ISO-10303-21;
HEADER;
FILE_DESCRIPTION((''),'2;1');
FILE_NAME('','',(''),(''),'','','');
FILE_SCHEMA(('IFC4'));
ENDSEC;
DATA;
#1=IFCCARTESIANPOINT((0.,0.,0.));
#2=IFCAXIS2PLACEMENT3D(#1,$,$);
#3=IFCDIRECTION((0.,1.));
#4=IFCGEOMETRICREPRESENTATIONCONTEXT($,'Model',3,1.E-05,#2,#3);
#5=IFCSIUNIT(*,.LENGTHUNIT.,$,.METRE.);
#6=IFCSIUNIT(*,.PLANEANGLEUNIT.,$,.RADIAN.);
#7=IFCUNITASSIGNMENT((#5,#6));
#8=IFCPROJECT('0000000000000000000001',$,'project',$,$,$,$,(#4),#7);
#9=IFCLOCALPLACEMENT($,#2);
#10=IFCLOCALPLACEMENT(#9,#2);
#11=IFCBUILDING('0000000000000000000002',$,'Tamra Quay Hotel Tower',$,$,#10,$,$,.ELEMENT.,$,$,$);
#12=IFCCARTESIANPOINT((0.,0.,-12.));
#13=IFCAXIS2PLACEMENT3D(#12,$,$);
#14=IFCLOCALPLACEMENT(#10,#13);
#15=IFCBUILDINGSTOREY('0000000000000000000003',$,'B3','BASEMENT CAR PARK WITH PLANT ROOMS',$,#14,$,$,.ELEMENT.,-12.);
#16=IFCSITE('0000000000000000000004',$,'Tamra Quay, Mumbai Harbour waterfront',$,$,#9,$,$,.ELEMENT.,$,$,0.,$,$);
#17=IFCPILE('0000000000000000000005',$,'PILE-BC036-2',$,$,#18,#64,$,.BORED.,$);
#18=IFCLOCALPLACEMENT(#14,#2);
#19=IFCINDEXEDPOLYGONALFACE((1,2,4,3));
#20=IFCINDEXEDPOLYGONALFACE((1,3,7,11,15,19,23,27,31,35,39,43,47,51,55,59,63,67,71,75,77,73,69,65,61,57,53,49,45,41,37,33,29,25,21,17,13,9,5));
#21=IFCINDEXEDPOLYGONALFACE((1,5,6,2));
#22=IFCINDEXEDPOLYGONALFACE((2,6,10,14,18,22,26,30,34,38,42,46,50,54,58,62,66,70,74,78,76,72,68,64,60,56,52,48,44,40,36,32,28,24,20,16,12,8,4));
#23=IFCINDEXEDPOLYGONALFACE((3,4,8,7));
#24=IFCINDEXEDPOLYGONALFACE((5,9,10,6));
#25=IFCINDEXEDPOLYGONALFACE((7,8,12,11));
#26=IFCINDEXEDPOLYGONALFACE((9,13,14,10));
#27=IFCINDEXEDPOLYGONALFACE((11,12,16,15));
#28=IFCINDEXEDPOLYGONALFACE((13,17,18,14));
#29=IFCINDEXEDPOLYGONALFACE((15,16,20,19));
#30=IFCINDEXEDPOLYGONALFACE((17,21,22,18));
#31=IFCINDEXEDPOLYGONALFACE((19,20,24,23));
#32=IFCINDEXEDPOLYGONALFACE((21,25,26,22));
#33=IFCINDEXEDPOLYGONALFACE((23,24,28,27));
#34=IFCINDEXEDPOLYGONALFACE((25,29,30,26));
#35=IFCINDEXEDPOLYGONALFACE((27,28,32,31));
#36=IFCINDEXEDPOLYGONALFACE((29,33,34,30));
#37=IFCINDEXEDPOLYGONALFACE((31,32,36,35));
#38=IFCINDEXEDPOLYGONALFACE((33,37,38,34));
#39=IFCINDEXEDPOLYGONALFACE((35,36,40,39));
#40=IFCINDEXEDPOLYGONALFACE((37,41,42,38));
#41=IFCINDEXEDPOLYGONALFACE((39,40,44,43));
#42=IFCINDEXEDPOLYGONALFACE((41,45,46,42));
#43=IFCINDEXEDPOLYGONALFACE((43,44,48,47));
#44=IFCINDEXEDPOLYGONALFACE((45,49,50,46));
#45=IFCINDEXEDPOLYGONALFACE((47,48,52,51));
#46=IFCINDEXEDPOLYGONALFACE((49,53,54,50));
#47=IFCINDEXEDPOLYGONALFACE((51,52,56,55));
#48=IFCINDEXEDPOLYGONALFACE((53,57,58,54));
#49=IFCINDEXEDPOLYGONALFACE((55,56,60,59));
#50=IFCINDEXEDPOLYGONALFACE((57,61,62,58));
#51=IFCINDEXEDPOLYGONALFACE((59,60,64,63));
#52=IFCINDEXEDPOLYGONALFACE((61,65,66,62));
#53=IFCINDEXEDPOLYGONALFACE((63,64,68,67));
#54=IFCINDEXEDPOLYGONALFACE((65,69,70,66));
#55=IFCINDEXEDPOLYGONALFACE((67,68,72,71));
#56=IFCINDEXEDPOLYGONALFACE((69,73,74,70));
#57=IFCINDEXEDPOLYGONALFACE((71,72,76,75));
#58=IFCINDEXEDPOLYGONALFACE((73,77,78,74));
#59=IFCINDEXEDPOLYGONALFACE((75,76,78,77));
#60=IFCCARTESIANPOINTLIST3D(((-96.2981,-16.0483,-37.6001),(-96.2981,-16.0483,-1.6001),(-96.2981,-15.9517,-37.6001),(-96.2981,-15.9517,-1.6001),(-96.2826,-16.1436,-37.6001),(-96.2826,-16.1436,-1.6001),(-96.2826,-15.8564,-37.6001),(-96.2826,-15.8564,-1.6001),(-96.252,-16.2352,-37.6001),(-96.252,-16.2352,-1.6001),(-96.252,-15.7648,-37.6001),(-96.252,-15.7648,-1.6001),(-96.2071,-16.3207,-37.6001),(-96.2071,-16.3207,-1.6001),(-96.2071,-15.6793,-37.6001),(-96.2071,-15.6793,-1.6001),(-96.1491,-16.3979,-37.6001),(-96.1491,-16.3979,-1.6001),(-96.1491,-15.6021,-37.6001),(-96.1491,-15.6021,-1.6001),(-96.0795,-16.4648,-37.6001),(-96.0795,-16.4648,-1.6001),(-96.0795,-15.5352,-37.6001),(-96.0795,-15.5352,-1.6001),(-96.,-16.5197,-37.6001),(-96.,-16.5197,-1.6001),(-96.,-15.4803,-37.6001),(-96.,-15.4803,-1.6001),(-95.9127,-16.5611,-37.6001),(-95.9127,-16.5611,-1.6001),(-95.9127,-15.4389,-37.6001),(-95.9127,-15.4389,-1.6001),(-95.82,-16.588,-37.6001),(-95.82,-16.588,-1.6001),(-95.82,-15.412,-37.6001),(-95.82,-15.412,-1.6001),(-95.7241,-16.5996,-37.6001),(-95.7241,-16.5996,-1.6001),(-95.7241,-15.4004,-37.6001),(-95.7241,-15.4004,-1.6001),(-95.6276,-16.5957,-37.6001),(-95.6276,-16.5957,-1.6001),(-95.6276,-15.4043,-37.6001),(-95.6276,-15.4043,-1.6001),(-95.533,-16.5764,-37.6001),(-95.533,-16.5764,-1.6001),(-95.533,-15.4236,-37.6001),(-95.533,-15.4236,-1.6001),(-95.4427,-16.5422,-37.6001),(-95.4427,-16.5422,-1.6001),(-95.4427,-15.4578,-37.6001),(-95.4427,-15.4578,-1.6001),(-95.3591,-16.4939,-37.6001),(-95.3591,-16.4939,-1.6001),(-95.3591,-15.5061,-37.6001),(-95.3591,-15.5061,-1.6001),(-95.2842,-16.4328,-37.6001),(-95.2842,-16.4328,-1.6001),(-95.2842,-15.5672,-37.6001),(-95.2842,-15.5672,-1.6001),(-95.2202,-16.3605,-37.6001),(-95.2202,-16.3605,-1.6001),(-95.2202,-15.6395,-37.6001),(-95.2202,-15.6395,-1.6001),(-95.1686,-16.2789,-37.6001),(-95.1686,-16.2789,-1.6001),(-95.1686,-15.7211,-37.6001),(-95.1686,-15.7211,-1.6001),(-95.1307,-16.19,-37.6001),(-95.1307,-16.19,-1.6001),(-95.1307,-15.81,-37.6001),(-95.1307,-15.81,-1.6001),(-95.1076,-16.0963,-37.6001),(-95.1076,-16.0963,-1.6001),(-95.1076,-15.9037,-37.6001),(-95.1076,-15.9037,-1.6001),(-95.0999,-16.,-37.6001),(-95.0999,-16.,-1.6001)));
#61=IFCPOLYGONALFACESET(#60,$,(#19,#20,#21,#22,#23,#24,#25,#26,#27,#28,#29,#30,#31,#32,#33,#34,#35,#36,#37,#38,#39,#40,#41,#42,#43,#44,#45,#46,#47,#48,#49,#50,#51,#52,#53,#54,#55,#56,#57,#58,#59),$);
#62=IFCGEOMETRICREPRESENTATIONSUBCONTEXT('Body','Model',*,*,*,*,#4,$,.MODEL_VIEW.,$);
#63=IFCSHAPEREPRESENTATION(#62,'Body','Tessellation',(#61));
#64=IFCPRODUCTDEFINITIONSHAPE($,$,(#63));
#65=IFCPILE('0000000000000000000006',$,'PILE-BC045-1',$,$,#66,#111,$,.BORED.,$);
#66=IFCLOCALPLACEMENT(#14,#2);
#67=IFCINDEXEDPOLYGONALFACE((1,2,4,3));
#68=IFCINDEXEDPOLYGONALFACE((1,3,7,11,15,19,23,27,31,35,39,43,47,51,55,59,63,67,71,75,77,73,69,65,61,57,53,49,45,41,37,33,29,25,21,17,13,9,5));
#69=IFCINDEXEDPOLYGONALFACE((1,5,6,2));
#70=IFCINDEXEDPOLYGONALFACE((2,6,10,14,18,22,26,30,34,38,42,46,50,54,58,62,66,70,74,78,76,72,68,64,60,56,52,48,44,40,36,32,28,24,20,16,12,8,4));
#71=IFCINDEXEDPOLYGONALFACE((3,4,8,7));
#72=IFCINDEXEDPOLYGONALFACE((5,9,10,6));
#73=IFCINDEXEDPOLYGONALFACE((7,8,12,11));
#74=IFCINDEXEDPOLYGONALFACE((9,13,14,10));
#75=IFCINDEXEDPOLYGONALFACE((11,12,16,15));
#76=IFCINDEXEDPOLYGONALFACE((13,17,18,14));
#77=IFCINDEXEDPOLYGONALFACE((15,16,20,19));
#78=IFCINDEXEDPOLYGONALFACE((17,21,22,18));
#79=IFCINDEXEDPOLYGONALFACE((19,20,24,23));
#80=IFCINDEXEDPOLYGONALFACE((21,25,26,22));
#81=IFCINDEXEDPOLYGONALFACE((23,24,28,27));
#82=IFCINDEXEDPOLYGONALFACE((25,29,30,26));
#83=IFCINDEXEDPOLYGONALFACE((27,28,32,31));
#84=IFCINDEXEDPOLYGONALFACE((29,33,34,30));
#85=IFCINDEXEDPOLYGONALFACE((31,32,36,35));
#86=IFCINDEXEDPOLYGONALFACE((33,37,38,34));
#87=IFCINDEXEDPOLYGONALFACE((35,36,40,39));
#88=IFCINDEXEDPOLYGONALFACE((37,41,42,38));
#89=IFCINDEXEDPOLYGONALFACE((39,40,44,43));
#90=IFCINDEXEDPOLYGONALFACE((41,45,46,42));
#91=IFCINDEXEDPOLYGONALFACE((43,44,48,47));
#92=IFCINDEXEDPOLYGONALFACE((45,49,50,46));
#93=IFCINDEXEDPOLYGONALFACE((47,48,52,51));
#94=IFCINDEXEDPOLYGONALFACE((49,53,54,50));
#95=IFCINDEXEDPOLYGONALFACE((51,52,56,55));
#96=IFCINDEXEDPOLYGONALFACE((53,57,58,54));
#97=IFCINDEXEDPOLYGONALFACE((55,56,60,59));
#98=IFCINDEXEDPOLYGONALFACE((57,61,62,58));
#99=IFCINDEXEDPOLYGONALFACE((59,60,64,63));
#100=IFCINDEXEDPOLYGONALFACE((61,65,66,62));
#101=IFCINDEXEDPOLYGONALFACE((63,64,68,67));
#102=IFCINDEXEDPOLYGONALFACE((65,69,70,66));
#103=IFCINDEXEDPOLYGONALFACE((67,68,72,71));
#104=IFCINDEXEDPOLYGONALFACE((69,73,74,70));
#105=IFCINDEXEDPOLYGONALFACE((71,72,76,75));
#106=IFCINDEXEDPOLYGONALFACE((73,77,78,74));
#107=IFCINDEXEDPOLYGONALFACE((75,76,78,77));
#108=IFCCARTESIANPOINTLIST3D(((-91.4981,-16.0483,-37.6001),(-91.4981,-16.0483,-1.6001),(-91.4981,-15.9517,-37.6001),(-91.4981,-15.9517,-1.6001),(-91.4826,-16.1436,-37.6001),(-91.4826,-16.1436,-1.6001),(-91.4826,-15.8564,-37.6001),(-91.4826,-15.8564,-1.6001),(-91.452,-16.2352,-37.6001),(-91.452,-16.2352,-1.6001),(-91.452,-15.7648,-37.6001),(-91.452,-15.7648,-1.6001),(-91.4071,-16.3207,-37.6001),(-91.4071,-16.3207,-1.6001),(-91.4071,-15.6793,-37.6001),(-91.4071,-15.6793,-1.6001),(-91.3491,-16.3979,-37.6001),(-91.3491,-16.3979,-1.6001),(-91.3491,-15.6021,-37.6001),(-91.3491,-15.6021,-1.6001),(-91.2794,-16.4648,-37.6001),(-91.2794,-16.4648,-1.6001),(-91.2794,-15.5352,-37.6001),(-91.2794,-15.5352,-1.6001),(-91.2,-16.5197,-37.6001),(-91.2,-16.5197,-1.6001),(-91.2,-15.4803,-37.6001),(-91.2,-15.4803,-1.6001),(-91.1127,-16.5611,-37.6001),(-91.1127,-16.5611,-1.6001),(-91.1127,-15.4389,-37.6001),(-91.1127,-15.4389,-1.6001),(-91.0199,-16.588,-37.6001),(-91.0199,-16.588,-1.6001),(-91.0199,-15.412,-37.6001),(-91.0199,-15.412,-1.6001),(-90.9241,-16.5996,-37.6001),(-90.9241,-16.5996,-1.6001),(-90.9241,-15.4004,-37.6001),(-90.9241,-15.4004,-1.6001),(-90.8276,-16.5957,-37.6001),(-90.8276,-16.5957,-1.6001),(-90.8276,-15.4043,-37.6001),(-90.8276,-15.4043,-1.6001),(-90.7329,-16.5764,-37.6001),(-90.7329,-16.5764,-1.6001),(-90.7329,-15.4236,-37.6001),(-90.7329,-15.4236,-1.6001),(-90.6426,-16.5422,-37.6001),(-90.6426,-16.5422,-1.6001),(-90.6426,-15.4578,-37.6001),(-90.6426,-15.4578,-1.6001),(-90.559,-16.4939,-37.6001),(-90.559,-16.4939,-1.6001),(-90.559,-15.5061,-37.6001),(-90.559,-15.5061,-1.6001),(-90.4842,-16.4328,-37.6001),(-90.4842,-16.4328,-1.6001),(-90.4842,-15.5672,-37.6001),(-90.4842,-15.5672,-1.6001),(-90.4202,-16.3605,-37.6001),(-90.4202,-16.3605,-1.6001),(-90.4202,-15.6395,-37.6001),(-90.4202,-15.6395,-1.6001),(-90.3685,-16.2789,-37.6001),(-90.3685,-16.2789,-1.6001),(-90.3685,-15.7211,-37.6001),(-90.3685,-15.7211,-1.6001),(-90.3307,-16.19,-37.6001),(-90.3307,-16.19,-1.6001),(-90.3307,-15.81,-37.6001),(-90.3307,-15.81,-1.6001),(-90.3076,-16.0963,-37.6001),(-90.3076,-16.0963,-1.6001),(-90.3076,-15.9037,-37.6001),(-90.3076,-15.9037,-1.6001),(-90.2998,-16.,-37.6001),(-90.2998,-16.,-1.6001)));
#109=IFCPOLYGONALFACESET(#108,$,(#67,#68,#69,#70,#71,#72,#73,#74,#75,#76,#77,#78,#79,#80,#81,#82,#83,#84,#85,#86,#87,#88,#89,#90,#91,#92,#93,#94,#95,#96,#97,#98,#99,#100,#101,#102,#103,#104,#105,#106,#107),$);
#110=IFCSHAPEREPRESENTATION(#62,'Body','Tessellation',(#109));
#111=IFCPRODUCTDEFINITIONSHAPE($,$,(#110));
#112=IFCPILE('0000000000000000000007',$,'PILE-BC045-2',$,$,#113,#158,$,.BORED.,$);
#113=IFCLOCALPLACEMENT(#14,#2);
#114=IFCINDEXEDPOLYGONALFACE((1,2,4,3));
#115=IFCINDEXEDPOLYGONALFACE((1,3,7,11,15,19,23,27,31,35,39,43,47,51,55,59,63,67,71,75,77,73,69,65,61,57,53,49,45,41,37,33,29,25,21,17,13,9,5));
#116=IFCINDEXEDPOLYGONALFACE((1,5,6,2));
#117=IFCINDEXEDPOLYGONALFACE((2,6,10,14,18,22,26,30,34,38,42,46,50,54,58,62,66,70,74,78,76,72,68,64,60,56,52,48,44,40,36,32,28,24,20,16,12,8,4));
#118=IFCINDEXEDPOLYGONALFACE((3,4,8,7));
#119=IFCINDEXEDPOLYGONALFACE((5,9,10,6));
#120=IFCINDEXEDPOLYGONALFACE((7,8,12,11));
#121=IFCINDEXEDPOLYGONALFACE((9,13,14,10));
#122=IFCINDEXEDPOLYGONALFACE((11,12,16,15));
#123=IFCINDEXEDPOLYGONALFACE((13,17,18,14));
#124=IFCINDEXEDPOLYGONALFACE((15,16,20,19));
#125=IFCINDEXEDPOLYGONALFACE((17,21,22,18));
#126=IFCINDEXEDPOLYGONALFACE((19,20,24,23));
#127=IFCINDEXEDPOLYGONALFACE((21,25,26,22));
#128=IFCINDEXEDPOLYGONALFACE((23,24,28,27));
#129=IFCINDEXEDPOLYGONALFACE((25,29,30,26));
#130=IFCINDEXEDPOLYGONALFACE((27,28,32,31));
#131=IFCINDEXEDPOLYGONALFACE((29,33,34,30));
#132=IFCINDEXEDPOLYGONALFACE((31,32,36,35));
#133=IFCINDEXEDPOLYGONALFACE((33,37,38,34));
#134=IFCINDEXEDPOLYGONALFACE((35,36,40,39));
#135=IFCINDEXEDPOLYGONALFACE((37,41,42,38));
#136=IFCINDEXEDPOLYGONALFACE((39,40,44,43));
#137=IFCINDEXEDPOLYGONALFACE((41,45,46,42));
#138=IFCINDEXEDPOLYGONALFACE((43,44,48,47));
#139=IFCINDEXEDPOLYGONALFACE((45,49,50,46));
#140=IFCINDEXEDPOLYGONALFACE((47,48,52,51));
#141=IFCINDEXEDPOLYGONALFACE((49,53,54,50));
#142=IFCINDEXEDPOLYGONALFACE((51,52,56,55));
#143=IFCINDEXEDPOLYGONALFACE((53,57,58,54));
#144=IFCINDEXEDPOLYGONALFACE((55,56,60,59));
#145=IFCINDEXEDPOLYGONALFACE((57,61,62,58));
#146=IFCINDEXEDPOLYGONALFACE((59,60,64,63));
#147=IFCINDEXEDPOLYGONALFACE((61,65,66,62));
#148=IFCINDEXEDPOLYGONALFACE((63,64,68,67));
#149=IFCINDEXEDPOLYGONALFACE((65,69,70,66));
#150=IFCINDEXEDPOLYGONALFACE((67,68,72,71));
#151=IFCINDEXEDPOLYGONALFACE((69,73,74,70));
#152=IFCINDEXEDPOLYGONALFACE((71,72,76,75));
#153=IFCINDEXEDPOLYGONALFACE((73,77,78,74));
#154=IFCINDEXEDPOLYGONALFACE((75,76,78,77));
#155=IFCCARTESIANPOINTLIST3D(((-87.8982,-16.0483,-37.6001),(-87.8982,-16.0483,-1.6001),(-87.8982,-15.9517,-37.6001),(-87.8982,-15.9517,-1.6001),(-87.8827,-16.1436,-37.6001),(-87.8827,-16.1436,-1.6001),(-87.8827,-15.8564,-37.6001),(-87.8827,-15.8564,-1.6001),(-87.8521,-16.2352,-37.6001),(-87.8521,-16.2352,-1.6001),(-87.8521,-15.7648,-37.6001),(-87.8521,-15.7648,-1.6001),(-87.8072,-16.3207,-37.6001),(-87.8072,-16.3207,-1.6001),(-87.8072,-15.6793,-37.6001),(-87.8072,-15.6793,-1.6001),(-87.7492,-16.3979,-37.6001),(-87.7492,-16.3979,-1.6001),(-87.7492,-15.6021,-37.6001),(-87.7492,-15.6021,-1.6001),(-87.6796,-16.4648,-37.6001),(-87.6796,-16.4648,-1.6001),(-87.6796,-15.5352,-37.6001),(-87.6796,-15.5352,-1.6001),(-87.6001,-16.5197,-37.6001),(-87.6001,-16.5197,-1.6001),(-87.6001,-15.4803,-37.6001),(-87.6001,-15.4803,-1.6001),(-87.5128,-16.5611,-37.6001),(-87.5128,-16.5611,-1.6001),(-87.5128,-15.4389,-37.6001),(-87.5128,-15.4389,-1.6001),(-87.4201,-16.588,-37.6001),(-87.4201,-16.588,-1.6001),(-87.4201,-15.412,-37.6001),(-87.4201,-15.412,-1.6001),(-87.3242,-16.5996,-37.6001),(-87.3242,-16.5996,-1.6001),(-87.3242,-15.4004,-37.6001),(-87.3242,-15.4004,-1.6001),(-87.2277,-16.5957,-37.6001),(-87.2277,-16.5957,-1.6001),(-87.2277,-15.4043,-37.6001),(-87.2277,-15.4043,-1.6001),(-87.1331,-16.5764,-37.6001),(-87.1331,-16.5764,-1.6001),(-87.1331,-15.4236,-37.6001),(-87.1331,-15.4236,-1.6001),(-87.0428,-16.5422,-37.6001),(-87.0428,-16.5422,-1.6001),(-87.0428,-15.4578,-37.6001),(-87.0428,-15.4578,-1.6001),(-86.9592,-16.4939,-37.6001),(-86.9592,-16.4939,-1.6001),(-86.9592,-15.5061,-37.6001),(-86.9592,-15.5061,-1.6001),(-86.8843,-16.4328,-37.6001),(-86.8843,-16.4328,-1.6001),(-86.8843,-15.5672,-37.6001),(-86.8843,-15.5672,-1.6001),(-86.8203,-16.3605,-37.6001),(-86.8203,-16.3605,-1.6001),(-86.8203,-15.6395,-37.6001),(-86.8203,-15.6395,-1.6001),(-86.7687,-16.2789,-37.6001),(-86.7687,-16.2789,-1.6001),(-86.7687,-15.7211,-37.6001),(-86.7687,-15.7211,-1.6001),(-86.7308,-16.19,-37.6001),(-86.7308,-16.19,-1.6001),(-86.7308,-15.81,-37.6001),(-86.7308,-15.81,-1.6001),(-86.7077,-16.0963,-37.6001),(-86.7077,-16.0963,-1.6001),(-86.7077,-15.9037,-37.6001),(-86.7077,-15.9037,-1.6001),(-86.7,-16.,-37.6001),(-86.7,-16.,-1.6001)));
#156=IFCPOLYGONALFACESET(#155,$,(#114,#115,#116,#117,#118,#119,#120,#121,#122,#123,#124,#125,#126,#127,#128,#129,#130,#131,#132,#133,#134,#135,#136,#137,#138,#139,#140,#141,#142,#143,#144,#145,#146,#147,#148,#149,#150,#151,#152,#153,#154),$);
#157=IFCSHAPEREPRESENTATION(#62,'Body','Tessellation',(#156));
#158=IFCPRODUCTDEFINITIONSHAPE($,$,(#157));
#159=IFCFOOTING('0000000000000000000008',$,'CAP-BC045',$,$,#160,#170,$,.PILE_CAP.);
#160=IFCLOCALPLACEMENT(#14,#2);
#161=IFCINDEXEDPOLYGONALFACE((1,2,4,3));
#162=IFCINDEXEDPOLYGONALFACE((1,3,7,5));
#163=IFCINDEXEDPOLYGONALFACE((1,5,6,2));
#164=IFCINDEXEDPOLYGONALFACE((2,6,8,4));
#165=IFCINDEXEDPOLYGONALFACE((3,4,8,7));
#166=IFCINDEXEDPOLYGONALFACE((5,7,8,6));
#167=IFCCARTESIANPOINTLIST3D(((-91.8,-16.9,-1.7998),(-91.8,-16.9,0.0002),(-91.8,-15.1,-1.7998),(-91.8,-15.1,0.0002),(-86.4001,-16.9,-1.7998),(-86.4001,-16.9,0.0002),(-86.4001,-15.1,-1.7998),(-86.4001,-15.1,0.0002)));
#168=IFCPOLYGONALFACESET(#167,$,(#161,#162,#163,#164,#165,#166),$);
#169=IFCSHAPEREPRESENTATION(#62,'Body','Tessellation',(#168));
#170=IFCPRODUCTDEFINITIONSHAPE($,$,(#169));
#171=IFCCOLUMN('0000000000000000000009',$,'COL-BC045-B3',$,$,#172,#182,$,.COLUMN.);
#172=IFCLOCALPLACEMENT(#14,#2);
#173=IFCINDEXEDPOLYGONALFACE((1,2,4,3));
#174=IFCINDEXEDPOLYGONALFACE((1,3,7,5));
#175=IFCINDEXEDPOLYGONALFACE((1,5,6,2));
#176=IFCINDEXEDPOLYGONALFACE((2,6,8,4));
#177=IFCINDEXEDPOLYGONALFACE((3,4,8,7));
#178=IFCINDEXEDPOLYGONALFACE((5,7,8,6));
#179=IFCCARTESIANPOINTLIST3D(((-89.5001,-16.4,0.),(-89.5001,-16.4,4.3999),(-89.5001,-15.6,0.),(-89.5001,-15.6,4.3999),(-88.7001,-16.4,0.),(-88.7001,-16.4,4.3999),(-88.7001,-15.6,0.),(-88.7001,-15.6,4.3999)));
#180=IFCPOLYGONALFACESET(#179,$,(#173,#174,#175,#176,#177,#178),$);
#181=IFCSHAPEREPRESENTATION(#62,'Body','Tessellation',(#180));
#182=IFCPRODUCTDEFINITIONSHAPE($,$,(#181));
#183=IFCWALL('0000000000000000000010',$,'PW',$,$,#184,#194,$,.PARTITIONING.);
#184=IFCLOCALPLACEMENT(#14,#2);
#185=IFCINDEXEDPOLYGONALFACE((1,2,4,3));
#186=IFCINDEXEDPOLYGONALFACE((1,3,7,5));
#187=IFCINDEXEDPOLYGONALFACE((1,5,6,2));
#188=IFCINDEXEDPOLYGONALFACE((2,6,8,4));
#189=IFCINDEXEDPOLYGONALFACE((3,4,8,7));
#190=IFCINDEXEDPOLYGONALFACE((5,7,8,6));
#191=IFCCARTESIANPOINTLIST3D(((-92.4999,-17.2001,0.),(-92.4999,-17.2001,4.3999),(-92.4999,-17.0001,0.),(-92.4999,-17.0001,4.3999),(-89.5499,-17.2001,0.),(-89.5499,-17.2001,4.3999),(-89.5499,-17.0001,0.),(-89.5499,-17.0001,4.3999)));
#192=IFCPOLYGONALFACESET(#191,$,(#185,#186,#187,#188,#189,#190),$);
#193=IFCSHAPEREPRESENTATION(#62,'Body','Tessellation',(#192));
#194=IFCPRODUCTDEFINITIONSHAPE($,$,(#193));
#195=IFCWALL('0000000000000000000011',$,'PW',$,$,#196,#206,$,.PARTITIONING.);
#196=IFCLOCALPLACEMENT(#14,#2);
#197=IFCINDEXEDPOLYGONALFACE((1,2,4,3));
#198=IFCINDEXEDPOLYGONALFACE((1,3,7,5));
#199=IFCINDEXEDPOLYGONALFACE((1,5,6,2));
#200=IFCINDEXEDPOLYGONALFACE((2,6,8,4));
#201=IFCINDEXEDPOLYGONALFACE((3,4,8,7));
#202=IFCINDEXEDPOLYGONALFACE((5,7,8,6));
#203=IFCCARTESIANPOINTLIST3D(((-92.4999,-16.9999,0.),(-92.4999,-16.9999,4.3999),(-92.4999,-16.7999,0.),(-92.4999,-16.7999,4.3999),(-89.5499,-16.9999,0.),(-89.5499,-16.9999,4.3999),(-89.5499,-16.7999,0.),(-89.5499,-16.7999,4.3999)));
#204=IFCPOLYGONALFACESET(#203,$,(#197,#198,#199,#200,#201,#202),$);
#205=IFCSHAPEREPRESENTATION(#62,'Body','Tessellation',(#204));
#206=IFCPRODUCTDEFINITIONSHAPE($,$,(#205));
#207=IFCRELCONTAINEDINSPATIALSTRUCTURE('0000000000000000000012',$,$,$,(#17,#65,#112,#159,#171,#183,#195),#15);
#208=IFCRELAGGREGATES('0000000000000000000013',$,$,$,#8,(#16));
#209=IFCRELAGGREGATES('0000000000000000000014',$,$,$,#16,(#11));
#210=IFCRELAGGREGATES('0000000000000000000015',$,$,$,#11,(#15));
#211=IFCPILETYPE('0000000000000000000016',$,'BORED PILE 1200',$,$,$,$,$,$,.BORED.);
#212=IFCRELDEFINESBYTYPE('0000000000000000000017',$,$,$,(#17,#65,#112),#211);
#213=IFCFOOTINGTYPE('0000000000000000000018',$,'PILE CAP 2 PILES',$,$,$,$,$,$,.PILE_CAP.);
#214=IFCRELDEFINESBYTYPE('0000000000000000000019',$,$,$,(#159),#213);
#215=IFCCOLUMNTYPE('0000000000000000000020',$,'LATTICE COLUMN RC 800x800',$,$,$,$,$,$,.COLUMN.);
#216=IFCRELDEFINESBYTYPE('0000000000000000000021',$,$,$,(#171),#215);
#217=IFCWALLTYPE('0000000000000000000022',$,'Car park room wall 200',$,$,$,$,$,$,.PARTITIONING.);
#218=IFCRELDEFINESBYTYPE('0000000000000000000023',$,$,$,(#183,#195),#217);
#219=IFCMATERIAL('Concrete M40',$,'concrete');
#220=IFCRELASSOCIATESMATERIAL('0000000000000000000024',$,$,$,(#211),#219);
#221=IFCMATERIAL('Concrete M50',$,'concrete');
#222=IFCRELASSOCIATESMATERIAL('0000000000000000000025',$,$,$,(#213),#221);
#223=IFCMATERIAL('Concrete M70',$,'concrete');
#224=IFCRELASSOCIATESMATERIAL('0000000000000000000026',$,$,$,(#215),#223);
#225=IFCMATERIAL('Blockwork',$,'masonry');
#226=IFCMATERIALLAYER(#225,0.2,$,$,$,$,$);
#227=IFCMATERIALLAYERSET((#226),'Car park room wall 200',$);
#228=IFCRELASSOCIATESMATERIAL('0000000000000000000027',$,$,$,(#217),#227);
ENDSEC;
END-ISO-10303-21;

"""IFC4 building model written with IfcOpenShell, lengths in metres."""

from ifc_helpers import new_model, si_unit, direction, frame, frame_2d, origin, origin_2d, place, context, subcontext, project, spatial, rectangle, circle, extrude, material, layer, layer_set, material_profile, profile_set, type_object, element, save


model = new_model("IFC4")

# Units and contexts
model_context = context("Model", 3, precision=1e-05, world=origin(), true_north=direction((0.0, 1.0)))
body_context = subcontext(model_context, "Body", "Model", "MODEL_VIEW")
ifc_project = project(units=[si_unit("LENGTHUNIT", "METRE"), si_unit("PLANEANGLEUNIT", "RADIAN")], contexts=[model_context])

# Site, building, storey
site_placement = place(None, origin())
site = spatial("IfcSite", under=ifc_project, at=site_placement, Name="Tamra Quay, Mumbai Harbour waterfront", CompositionType="ELEMENT", RefElevation=0.0)
building_placement = place(site_placement, origin())
building = spatial("IfcBuilding", under=site, at=building_placement, Name="Tamra Quay Hotel Tower", CompositionType="ELEMENT")
storey_placement = place(building_placement, frame((0.0, 0.0, -12.0)))
storey = spatial("IfcBuildingStorey", under=building, at=storey_placement, Name="B3", Description="BASEMENT CAR PARK WITH PLANT ROOMS", CompositionType="ELEMENT", Elevation=-12.0)

# Piles
ifc_material_1 = material(Name="Concrete M40", Category="concrete")
ifc_material_profile_1 = material_profile(ifc_material_1, circle(Radius=0.6001, at=origin_2d()), Name="BORED PILE 1200")
ifc_profile_set_1 = profile_set([ifc_material_profile_1], Name="Concrete M40")
pile_type = type_object("IfcPileType", Name="BORED PILE 1200", PredefinedType="BORED", material=ifc_profile_set_1)
for number, where, z_axis, x_axis, name in (
    (1, (-95.7, -16.0, -1.6001), (0.0, 0.0, -1.0), (1.0, 0.0, 0.0), "PILE-BC036-2"),
    (2, (-90.8999, -16.0, -1.6001), (0.0, 0.0, -1.0), (1.0, 0.0, 0.0), "PILE-BC045-1"),
    (3, (-87.3, -16.0, -1.6001), (0.0, 0.0, -1.0), (1.0, 0.0, 0.0), "PILE-BC045-2"),
):
    element("IfcPile", number, at=place(storey_placement, frame(where, z_axis=z_axis, x_axis=x_axis)), inside=storey, type_object=pile_type, Name=name, PredefinedType="BORED", context=body_context, shape_type="SweptSolid", body=[
        extrude(circle(Radius=0.6001, at=origin_2d()), origin(), (0.0, 0.0, 1.0), 36.0),
    ])

# Footing
ifc_material_2 = material(Name="Concrete M50", Category="concrete")
footing_type = type_object("IfcFootingType", Name="PILE CAP 2 PILES", PredefinedType="PILE_CAP", material=ifc_material_2)
footing_placement = place(storey_placement, frame((-89.1001, -16.0, -1.7998), z_axis=(0.0, 0.0, 1.0), x_axis=(1.0, 0.0, 0.0)))
element("IfcFooting", 4, at=footing_placement, inside=storey, type_object=footing_type, Name="CAP-BC045", PredefinedType="PILE_CAP", context=body_context, shape_type="SweptSolid", body=[
    extrude(rectangle(XDim=5.3999, YDim=1.8, at=origin_2d()), origin(), (0.0, 0.0, 1.0), 1.8),
])

# Column
ifc_material_3 = material(Name="Concrete M70", Category="concrete")
ifc_material_profile_2 = material_profile(ifc_material_3, rectangle(XDim=0.8, YDim=0.8, at=origin_2d()), Name="LATTICE COLUMN RC 800x800")
ifc_profile_set_2 = profile_set([ifc_material_profile_2], Name="Concrete M70")
column_type = type_object("IfcColumnType", Name="LATTICE COLUMN RC 800x800", PredefinedType="COLUMN", material=ifc_profile_set_2)
column_placement = place(storey_placement, frame((-89.1001, -16.0, 0.0), z_axis=(0.0, 0.0, 1.0), x_axis=(1.0, 0.0, 0.0)))
element("IfcColumn", 5, at=column_placement, inside=storey, type_object=column_type, Name="COL-BC045-B3", PredefinedType="COLUMN", context=body_context, shape_type="SweptSolid", body=[
    extrude(rectangle(XDim=0.8, YDim=0.8, at=origin_2d()), origin(), (0.0, 0.0, 1.0), 4.3999),
])

# Walls
ifc_material_4 = material(Name="Blockwork", Category="masonry")
ifc_layer_1 = layer(ifc_material_4, 0.2)
ifc_layer_set_1 = layer_set([ifc_layer_1], Name="Car park room wall 200")
wall_type_1 = type_object("IfcWallType", Name="Car park room wall 200", PredefinedType="PARTITIONING", material=ifc_layer_set_1)
for number, where, z_axis, x_axis, name in (
    (6, (-92.5, -17.1001, 0.0), (0.0, 0.0, 1.0), (1.0, 0.0, 0.0), "PW"),
    (7, (-92.5, -16.8999, 0.0), (0.0, 0.0, 1.0), (1.0, 0.0, 0.0), "PW"),
):
    element("IfcWall", number, at=place(storey_placement, frame(where, z_axis=z_axis, x_axis=x_axis)), inside=storey, type_object=wall_type_1, Name=name, PredefinedType="PARTITIONING", context=body_context, shape_type="SweptSolid", body=[
        extrude(rectangle(XDim=2.95, YDim=0.2, at=frame_2d((1.4751, 0.0))), origin(), (0.0, 0.0, 1.0), 4.3999),
    ])

save(model, "model.ifc")
